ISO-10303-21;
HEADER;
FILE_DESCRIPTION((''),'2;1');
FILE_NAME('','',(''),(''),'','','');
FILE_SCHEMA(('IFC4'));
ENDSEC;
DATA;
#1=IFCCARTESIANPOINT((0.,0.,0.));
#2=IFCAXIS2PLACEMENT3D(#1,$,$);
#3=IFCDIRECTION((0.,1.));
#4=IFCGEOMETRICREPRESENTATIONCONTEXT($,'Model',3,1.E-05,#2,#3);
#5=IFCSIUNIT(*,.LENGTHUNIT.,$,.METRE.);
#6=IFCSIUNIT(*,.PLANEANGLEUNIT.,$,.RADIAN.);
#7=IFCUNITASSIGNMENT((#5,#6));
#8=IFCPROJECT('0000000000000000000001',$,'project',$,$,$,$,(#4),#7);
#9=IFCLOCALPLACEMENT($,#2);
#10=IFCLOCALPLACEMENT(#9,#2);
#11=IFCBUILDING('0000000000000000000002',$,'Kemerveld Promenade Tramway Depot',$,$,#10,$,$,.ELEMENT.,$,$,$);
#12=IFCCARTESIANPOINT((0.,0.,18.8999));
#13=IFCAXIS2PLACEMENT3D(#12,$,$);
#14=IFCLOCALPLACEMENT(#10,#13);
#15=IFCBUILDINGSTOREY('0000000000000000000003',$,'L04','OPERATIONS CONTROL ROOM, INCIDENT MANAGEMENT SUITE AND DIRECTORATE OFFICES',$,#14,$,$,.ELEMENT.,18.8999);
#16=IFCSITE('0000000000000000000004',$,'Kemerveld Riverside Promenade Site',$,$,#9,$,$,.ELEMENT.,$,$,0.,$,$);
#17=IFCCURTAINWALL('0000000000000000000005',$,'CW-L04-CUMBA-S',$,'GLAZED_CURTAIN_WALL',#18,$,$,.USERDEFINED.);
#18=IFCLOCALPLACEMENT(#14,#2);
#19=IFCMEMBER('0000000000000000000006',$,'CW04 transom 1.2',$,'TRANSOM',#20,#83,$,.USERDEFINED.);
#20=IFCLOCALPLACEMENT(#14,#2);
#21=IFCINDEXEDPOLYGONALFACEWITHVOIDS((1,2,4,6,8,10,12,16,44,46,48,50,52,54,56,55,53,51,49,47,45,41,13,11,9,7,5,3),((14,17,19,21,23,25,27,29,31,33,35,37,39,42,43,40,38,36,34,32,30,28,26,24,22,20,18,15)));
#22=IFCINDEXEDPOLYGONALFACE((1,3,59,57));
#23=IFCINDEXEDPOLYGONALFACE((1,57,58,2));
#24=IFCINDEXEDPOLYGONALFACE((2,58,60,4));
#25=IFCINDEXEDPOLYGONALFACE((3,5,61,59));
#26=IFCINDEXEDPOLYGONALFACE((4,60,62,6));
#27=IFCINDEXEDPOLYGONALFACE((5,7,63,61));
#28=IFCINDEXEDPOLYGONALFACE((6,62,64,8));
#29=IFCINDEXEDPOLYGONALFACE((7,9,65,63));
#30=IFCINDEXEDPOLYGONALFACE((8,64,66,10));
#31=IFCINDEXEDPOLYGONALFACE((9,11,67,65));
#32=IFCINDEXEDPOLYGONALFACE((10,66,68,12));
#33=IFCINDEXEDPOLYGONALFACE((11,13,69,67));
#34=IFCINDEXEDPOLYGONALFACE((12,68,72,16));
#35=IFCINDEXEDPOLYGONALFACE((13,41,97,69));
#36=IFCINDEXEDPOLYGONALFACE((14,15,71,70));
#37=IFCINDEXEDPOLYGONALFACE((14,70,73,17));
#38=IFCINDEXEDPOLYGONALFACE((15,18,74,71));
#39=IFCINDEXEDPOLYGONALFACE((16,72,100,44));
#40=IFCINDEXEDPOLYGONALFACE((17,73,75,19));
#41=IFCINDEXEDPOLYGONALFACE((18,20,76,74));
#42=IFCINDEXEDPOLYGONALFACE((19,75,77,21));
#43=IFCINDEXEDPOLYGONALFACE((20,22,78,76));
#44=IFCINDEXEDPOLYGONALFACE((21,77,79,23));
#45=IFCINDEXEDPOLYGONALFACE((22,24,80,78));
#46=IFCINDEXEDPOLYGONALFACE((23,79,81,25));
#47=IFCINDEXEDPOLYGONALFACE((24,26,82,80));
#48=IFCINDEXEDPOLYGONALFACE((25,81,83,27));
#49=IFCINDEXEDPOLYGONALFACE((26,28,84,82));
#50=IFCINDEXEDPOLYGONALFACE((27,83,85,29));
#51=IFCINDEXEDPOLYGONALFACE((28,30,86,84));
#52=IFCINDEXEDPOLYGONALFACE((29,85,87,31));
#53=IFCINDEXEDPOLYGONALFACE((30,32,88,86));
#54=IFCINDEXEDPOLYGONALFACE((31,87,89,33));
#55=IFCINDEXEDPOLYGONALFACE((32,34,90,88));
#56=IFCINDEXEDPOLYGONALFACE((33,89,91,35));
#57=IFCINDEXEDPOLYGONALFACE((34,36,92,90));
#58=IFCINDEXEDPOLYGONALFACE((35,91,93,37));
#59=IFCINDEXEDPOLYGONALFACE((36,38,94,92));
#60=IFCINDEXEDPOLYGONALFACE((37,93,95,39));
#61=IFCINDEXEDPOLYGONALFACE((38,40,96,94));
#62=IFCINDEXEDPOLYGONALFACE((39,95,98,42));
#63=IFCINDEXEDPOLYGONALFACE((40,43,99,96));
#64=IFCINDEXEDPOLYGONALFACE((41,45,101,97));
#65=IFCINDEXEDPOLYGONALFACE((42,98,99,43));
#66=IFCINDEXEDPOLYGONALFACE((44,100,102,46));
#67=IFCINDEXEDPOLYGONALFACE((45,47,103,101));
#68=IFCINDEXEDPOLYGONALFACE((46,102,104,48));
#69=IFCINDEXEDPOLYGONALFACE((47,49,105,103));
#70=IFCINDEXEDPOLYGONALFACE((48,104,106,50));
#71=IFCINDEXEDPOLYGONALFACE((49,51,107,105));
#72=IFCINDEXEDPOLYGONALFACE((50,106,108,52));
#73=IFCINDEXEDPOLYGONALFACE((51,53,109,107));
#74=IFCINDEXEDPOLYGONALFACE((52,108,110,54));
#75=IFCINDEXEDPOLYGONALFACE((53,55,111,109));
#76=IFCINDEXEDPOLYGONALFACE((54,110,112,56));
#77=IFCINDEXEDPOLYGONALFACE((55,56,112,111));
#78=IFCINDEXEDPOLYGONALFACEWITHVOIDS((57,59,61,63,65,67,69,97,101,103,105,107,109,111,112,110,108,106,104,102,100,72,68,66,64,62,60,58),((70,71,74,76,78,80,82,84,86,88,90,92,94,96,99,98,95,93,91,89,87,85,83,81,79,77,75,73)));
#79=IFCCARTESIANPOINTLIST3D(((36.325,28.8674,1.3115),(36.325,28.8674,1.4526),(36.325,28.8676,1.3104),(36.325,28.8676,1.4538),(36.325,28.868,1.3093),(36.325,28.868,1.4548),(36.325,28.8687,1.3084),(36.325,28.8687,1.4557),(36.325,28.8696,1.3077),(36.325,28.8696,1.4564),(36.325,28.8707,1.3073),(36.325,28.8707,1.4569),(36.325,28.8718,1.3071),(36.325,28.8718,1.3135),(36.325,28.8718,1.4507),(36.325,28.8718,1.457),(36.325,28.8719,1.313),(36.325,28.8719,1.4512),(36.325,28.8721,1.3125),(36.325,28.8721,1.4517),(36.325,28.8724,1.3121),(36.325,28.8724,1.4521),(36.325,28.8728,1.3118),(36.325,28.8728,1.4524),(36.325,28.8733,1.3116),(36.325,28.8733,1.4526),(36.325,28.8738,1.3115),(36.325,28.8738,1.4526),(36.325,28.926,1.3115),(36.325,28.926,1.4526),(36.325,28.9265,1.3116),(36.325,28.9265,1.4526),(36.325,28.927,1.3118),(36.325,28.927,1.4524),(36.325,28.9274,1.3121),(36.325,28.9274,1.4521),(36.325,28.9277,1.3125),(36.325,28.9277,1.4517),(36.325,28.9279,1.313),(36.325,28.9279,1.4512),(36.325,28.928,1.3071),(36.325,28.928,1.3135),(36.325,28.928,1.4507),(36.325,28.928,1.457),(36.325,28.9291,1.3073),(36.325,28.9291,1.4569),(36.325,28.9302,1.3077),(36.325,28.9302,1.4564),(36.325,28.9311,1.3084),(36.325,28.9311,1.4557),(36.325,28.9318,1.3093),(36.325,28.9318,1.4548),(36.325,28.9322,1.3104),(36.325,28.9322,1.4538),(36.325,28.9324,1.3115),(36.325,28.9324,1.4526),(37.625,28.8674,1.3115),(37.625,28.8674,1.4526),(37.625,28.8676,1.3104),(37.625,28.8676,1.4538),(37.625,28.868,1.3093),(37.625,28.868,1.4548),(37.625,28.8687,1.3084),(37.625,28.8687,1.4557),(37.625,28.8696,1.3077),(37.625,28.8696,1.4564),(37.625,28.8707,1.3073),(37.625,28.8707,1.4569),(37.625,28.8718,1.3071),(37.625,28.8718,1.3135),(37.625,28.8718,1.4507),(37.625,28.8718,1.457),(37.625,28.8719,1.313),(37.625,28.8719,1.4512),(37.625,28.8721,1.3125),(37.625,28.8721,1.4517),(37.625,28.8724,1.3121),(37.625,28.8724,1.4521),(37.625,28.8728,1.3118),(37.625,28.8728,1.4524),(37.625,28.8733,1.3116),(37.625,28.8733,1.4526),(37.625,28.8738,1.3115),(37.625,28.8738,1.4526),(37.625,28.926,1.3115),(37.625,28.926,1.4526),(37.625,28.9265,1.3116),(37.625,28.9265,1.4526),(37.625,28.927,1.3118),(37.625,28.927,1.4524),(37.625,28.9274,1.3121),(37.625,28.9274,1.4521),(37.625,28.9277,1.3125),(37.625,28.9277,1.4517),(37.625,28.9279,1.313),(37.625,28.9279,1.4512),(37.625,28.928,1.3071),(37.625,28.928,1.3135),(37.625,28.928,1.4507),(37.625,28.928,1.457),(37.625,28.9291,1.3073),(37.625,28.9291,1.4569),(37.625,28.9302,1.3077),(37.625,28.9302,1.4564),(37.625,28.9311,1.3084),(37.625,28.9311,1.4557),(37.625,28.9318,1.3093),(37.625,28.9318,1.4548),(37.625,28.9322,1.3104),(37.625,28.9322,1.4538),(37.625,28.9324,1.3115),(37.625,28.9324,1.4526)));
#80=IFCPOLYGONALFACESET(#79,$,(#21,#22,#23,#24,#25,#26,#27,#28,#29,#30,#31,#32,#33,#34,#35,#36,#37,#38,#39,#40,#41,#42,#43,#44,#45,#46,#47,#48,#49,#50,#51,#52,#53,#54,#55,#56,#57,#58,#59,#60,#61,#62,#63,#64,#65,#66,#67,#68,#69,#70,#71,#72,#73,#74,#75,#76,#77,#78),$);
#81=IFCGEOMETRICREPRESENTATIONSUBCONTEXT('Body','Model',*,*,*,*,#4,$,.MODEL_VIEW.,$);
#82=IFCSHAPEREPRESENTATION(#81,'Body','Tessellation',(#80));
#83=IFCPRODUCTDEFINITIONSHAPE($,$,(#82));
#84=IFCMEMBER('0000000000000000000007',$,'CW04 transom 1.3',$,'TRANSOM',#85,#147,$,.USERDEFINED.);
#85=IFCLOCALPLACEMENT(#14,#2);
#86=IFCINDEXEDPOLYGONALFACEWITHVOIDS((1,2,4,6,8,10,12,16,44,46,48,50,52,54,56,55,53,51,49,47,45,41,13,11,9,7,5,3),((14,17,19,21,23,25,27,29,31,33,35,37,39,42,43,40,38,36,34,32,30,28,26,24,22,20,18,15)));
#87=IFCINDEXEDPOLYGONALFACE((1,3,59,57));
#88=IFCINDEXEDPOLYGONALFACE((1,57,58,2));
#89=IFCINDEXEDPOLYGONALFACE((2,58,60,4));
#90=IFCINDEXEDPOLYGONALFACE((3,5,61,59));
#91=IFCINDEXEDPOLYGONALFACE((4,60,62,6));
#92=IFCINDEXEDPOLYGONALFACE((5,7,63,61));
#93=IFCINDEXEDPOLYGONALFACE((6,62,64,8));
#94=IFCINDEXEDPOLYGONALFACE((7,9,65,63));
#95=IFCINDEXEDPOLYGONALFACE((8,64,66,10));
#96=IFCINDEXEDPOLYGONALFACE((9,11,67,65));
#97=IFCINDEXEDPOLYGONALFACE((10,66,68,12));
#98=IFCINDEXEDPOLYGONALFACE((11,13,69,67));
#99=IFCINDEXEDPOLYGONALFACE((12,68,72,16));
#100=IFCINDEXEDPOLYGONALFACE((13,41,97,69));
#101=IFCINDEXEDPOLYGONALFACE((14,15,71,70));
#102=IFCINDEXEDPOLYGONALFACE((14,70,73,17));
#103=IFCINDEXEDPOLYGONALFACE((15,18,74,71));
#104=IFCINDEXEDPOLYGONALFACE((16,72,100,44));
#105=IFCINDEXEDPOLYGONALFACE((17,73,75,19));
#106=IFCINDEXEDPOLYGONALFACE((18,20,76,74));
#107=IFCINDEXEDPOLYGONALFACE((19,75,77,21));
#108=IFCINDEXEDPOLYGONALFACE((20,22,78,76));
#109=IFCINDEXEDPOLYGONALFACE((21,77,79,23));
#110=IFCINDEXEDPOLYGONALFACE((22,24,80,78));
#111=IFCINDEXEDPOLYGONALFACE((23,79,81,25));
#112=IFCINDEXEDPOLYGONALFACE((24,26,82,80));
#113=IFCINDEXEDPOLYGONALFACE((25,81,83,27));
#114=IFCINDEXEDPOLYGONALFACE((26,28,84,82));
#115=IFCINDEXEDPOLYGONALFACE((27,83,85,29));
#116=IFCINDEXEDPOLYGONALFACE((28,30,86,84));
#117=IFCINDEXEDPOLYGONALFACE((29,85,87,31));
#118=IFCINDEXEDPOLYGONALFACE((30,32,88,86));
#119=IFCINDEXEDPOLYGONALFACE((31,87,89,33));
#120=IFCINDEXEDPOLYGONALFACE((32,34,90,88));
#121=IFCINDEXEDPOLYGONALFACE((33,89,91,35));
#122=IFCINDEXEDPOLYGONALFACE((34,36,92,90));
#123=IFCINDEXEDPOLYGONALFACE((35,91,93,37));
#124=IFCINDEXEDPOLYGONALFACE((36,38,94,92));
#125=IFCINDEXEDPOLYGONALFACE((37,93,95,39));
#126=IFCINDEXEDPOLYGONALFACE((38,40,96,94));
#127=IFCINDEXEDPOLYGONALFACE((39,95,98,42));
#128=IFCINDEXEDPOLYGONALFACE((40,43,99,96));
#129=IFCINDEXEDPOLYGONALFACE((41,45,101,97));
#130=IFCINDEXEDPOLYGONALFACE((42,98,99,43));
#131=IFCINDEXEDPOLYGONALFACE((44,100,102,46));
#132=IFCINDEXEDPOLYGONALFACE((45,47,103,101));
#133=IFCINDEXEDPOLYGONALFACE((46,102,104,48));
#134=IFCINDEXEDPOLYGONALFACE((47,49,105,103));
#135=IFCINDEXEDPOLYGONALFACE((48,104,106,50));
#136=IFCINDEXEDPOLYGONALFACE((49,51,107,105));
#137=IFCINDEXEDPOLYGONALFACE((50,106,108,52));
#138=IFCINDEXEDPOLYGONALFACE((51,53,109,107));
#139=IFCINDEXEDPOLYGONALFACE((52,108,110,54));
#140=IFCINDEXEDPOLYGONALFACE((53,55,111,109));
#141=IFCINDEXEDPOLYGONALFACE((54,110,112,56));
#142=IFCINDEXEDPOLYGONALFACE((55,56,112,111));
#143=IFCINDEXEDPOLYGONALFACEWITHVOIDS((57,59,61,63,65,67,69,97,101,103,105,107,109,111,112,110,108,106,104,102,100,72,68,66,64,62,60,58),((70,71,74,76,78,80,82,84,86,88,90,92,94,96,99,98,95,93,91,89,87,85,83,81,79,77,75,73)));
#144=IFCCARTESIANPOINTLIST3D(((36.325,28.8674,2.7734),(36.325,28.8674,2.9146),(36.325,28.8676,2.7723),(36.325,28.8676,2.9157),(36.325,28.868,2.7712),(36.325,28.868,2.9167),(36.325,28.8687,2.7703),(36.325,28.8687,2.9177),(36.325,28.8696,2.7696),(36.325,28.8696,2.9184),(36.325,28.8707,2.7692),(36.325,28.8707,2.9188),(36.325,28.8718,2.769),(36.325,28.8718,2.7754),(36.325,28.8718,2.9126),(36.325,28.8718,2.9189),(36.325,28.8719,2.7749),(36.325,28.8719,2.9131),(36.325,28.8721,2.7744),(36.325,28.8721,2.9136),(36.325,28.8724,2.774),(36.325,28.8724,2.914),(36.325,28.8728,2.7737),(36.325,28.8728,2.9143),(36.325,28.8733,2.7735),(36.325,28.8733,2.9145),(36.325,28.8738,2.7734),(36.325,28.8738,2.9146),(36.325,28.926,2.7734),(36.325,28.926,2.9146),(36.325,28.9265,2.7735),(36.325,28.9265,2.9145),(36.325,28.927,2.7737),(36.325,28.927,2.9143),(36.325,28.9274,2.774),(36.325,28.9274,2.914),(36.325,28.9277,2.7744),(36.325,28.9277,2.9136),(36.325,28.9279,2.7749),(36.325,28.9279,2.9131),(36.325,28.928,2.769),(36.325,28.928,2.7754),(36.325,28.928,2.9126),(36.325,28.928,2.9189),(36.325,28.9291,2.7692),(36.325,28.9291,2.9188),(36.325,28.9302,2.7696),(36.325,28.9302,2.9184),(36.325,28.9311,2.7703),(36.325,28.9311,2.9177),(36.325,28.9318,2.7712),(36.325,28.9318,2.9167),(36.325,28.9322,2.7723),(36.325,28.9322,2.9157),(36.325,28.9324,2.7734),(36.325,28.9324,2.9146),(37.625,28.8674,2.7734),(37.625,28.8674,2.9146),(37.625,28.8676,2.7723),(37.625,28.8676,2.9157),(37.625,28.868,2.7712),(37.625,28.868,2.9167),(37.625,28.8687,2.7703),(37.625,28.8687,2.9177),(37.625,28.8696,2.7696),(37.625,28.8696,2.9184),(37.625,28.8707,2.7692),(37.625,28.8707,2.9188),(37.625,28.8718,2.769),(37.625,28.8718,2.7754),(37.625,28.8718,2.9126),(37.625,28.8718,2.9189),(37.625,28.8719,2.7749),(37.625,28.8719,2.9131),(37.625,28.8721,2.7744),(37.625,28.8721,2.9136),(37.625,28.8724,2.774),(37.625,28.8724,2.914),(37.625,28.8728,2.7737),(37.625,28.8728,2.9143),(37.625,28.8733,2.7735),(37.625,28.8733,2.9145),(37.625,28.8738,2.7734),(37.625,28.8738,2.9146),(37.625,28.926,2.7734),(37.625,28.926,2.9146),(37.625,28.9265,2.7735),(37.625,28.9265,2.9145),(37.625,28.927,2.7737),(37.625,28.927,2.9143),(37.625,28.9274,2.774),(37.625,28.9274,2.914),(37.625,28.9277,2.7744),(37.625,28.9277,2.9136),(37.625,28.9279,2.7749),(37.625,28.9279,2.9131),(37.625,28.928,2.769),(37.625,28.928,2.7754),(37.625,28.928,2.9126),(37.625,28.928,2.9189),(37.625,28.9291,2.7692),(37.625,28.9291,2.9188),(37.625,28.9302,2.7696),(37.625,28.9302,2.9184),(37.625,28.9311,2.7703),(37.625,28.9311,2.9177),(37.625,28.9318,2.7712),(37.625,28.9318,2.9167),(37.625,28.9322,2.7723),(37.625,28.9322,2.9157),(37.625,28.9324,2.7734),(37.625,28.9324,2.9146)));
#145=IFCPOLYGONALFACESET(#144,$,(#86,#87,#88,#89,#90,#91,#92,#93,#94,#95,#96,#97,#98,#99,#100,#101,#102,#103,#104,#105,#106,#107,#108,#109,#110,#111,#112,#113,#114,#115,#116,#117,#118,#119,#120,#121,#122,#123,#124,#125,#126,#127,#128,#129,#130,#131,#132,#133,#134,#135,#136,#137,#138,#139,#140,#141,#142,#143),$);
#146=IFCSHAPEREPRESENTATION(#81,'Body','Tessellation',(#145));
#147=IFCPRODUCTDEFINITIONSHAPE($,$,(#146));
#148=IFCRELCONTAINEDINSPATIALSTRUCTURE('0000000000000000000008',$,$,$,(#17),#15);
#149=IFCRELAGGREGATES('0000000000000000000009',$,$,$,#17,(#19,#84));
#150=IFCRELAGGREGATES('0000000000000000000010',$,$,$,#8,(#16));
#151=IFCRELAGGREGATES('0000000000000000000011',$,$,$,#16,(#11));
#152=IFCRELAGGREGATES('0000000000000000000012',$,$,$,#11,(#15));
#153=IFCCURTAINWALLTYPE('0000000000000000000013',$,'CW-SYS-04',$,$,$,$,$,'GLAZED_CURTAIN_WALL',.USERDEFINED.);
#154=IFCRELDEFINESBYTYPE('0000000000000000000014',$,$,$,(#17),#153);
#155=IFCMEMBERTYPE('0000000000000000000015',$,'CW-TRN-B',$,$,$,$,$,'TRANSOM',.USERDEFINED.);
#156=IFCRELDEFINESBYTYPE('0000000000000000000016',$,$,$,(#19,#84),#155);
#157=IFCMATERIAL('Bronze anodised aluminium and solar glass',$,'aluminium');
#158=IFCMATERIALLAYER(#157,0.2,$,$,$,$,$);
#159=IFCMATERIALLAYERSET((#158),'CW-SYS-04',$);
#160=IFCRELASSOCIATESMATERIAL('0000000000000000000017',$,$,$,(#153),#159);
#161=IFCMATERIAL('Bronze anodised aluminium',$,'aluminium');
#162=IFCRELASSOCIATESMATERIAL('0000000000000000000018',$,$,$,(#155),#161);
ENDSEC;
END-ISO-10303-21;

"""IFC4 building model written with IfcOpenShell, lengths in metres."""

from ifc_helpers import new_model, si_unit, direction, frame, origin, origin_2d, place, context, subcontext, project, spatial, hollow_rectangle, extrude, material, layer, layer_set, material_profile, profile_set, type_object, element, aggregate, save


model = new_model("IFC4")

# Units and contexts
model_context = context("Model", 3, precision=1e-05, world=origin(), true_north=direction((0.0, 1.0)))
body_context = subcontext(model_context, "Body", "Model", "MODEL_VIEW")
ifc_project = project(units=[si_unit("LENGTHUNIT", "METRE"), si_unit("PLANEANGLEUNIT", "RADIAN")], contexts=[model_context])

# Site, building, storey
site_placement = place(None, origin())
site = spatial("IfcSite", under=ifc_project, at=site_placement, Name="Kemerveld Riverside Promenade Site", CompositionType="ELEMENT", RefElevation=0.0)
building_placement = place(site_placement, origin())
building = spatial("IfcBuilding", under=site, at=building_placement, Name="Kemerveld Promenade Tramway Depot", CompositionType="ELEMENT")
storey_placement = place(building_placement, frame((0.0, 0.0, 18.8999)))
storey = spatial("IfcBuildingStorey", under=building, at=storey_placement, Name="L04", Description="OPERATIONS CONTROL ROOM, INCIDENT MANAGEMENT SUITE AND DIRECTORATE OFFICES", CompositionType="ELEMENT", Elevation=18.8999)

# Curtain wall
ifc_material_1 = material(Name="Bronze anodised aluminium and solar glass", Category="aluminium")
ifc_material_2 = material(Name="Bronze anodised aluminium", Category="aluminium")
ifc_layer_1 = layer(ifc_material_1, 0.2)
ifc_layer_set_1 = layer_set([ifc_layer_1], Name="CW-SYS-04")
curtain_wall_type_1 = type_object("IfcCurtainWallType", Name="CW-SYS-04", ElementType="GLAZED_CURTAIN_WALL", PredefinedType="USERDEFINED", material=ifc_layer_set_1)
curtain_wall_1_placement = place(storey_placement, origin())
curtain_wall_1 = element("IfcCurtainWall", 1, at=curtain_wall_1_placement, inside=storey, type_object=curtain_wall_type_1, Name="CW-L04-CUMBA-S", ObjectType="GLAZED_CURTAIN_WALL", PredefinedType="USERDEFINED")

# Members
ifc_material_profile_1 = material_profile(ifc_material_2, hollow_rectangle(XDim=0.0649, YDim=0.1499, WallThickness=0.0044, InnerFilletRadius=0.002, OuterFilletRadius=0.0044, at=origin_2d()), Name="CW-TRN-150x65")
ifc_profile_set_1 = profile_set([ifc_material_profile_1], Name="Bronze anodised aluminium")
member_type_1 = type_object("IfcMemberType", Name="CW-TRN-B", ElementType="TRANSOM", PredefinedType="USERDEFINED", material=ifc_profile_set_1)
member_1_placement = place(storey_placement, frame((37.625, 28.8999, 1.3821), z_axis=(-1.0, 0.0, 0.0), x_axis=(0.0, -1.0, 0.0)))
member_1 = element("IfcMember", 2, at=member_1_placement, type_object=member_type_1, Name="CW04 transom 1.2", ObjectType="TRANSOM", PredefinedType="USERDEFINED", context=body_context, shape_type="SweptSolid", body=[
    extrude(hollow_rectangle(XDim=0.0649, YDim=0.1499, WallThickness=0.0044, InnerFilletRadius=0.002, OuterFilletRadius=0.0044, at=origin_2d()), origin(), (0.0, 0.0, 1.0), 1.3),
])
member_2_placement = place(storey_placement, frame((37.625, 28.8999, 2.844), z_axis=(-1.0, 0.0, 0.0), x_axis=(0.0, -1.0, 0.0)))
member_2 = element("IfcMember", 3, at=member_2_placement, type_object=member_type_1, Name="CW04 transom 1.3", ObjectType="TRANSOM", PredefinedType="USERDEFINED", context=body_context, shape_type="SweptSolid", body=[
    extrude(hollow_rectangle(XDim=0.0649, YDim=0.1499, WallThickness=0.0044, InnerFilletRadius=0.002, OuterFilletRadius=0.0044, at=origin_2d()), origin(), (0.0, 0.0, 1.0), 1.3),
])

aggregate(curtain_wall_1, [member_1, member_2])

save(model, "model.ifc")
